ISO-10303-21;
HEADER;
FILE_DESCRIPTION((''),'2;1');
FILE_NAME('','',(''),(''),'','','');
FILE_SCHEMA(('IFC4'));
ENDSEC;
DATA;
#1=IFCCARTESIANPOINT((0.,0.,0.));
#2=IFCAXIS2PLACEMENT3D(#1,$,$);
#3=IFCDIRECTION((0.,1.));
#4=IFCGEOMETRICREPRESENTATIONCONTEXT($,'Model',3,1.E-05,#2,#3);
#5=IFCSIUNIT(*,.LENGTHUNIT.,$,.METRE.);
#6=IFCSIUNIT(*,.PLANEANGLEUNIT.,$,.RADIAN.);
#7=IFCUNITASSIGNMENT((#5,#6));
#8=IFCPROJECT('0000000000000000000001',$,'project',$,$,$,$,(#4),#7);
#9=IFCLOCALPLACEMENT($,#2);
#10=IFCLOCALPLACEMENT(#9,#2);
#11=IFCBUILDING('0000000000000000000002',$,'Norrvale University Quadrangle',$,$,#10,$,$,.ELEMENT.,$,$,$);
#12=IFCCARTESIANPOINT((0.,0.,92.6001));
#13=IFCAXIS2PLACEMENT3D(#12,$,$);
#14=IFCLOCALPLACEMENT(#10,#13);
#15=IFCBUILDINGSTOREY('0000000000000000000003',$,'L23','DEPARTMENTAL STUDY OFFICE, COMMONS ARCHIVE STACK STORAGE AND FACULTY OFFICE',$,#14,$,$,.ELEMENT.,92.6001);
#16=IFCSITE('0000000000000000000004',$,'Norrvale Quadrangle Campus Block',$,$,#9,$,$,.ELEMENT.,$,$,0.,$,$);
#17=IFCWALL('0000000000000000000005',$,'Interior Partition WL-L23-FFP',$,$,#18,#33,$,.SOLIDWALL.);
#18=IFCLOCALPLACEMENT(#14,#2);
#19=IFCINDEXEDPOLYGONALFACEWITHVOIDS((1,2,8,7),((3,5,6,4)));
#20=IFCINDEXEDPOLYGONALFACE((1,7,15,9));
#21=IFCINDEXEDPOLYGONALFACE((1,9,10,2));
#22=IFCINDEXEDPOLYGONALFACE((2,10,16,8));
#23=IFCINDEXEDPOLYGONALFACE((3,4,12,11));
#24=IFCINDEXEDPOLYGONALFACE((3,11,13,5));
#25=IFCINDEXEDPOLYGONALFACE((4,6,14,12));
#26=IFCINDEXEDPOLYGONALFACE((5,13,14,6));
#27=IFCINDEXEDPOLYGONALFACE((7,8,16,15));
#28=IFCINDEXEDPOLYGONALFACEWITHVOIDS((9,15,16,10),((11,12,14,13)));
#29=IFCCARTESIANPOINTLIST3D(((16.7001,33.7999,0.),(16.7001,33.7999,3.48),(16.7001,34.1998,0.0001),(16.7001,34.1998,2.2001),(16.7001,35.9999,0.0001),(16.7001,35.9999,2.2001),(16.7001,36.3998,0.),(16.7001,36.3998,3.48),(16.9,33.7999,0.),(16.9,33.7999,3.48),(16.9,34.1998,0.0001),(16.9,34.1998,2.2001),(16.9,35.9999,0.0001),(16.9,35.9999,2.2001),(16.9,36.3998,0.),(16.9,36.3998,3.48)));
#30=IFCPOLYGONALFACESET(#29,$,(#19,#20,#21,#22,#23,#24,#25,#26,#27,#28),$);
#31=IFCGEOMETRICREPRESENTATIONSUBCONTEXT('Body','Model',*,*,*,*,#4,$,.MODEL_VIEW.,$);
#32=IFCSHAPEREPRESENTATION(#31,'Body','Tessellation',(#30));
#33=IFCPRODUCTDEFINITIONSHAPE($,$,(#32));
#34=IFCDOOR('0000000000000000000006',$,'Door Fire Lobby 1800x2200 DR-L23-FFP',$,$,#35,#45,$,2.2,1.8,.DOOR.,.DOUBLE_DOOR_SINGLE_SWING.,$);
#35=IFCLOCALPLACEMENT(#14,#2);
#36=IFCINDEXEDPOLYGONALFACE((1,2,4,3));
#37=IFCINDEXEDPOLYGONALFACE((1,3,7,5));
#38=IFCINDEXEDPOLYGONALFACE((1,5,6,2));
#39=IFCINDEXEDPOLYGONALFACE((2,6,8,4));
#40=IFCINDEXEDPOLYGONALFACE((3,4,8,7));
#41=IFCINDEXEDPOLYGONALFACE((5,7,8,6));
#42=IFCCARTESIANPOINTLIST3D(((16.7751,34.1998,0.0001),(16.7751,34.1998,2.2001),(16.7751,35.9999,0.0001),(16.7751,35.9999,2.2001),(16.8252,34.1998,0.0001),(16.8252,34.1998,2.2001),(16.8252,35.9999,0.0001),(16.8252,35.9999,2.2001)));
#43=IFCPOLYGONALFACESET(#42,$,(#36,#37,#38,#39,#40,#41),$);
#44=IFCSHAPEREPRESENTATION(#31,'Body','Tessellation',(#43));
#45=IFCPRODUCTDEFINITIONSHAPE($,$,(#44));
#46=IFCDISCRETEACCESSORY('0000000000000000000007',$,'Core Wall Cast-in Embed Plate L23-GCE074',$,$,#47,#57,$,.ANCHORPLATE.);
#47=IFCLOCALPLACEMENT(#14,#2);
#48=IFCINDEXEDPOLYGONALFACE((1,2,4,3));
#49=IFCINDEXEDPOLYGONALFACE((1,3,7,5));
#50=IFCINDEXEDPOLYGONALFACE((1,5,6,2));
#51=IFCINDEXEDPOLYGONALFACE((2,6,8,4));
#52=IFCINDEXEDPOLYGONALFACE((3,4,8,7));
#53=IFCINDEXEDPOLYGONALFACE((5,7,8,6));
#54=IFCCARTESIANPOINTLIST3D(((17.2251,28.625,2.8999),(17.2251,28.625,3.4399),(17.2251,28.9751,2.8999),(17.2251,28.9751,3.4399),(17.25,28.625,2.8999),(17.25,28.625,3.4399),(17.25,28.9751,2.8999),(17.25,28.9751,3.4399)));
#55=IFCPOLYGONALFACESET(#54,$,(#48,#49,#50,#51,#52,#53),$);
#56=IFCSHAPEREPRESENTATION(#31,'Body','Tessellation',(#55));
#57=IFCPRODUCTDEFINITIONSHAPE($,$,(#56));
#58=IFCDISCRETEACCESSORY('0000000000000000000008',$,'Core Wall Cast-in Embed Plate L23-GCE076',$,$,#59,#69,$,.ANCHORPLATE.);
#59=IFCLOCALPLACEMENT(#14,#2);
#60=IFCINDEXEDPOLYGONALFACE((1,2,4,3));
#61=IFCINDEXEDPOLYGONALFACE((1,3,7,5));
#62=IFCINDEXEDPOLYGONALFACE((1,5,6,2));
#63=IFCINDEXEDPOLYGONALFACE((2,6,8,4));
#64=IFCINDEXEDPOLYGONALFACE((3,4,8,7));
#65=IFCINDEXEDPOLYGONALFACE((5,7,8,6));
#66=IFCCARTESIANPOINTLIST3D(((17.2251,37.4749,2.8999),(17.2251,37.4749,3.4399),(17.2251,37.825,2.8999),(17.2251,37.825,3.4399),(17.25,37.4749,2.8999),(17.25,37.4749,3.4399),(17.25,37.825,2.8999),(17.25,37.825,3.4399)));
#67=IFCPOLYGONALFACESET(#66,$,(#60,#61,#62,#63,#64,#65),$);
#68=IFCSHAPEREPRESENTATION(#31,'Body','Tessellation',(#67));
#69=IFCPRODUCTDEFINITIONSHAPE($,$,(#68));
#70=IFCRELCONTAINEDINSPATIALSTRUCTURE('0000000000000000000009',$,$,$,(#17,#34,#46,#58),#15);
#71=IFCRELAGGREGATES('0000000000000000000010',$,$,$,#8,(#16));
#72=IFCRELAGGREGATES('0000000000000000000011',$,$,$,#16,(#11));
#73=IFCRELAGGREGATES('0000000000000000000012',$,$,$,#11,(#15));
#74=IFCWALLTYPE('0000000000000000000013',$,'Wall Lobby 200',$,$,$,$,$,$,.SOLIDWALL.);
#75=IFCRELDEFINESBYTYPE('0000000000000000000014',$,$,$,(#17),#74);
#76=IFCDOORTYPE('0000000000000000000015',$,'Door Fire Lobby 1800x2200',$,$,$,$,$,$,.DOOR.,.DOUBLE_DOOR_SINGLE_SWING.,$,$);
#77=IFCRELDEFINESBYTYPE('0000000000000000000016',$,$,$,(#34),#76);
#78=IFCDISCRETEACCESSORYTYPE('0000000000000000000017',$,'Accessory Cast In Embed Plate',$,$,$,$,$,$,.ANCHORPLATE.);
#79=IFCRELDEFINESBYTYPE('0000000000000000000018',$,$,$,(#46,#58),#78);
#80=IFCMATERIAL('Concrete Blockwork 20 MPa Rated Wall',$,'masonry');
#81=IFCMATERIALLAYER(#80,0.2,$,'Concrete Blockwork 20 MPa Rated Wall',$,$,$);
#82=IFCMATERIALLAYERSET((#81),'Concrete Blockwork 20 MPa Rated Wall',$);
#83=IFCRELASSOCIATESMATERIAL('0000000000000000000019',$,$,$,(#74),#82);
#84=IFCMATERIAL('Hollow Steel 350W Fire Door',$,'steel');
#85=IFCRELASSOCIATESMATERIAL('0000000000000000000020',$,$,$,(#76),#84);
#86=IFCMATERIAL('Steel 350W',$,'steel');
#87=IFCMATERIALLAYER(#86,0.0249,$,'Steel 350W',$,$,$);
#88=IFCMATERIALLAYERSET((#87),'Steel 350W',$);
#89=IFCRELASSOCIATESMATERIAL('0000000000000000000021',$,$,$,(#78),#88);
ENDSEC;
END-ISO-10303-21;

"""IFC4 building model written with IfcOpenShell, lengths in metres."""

from ifc_helpers import new_model, si_unit, direction, frame, frame_2d, origin, origin_2d, place, context, subcontext, project, spatial, rectangle, extrude, material, layer, layer_set, type_object, element, fill, save


model = new_model("IFC4")

# Units and contexts
model_context = context("Model", 3, precision=1e-05, world=origin(), true_north=direction((0.0, 1.0)))
body_context = subcontext(model_context, "Body", "Model", "MODEL_VIEW")
ifc_project = project(units=[si_unit("LENGTHUNIT", "METRE"), si_unit("PLANEANGLEUNIT", "RADIAN")], contexts=[model_context])

# Site, building, storey
site_placement = place(None, origin())
site = spatial("IfcSite", under=ifc_project, at=site_placement, Name="Norrvale Quadrangle Campus Block", CompositionType="ELEMENT", RefElevation=0.0)
building_placement = place(site_placement, origin())
building = spatial("IfcBuilding", under=site, at=building_placement, Name="Norrvale University Quadrangle", CompositionType="ELEMENT")
storey_placement = place(building_placement, frame((0.0, 0.0, 92.6001)))
storey = spatial("IfcBuildingStorey", under=building, at=storey_placement, Name="L23", Description="DEPARTMENTAL STUDY OFFICE, COMMONS ARCHIVE STACK STORAGE AND FACULTY OFFICE", CompositionType="ELEMENT", Elevation=92.6001)

# Shared definitions
ifc_material_1 = material(Name="Steel 350W", Category="steel")

# Wall, opening, door
ifc_material_2 = material(Name="Concrete Blockwork 20 MPa Rated Wall", Category="masonry")
ifc_layer_1 = layer(ifc_material_2, 0.2, Name="Concrete Blockwork 20 MPa Rated Wall")
ifc_layer_set_1 = layer_set([ifc_layer_1], Name="Concrete Blockwork 20 MPa Rated Wall")
wall_type_1 = type_object("IfcWallType", Name="Wall Lobby 200", PredefinedType="SOLIDWALL", material=ifc_layer_set_1)
wall_1_placement = place(storey_placement, frame((16.8, 33.8, 0.0), z_axis=(0.0, 0.0, 1.0), x_axis=(0.0, 1.0, 0.0)))
wall_1 = element("IfcWall", 1, at=wall_1_placement, inside=storey, type_object=wall_type_1, Name="Interior Partition WL-L23-FFP", PredefinedType="SOLIDWALL", context=body_context, shape_type="SweptSolid", body=[
    extrude(rectangle(XDim=2.5999, YDim=0.2, at=frame_2d((1.2998, 0.0))), origin(), (0.0, 0.0, 1.0), 3.48),
])
opening_1_placement = place(wall_1_placement, frame((0.3999, 0.0, 0.0)))
opening_1 = element("IfcOpeningElement", 2, at=opening_1_placement, cuts=wall_1, PredefinedType="OPENING", context=body_context, shape_type="SweptSolid", body=[
    extrude(rectangle(XDim=1.8, YDim=2.2, at=frame_2d((0.8999, 1.1001))), frame((0.0, 0.1121, 0.0), z_axis=(0.0, -1.0, 0.0), x_axis=(1.0, 0.0, 0.0)), (0.0, 0.0, 1.0), 0.2239),
])
ifc_material_3 = material(Name="Hollow Steel 350W Fire Door", Category="steel")
door_type_1 = type_object("IfcDoorType", Name="Door Fire Lobby 1800x2200", OperationType="DOUBLE_DOOR_SINGLE_SWING", PredefinedType="DOOR", material=ifc_material_3)
door_1_placement = place(opening_1_placement, origin())
door_1 = element("IfcDoor", 3, at=door_1_placement, inside=storey, type_object=door_type_1, Name="Door Fire Lobby 1800x2200 DR-L23-FFP", OperationType="DOUBLE_DOOR_SINGLE_SWING", OverallHeight=2.2, OverallWidth=1.8, PredefinedType="DOOR", context=body_context, shape_type="SweptSolid", body=[
    extrude(rectangle(XDim=1.8, YDim=2.2, at=frame_2d((0.8999, 1.1001))), frame((0.0, 0.0249, 0.0), z_axis=(0.0, -1.0, 0.0), x_axis=(1.0, 0.0, 0.0)), (0.0, 0.0, 1.0), 0.05),
])
fill(opening_1, door_1)

# Discrete accessories
ifc_layer_2 = layer(ifc_material_1, 0.0249, Name="Steel 350W")
ifc_layer_set_2 = layer_set([ifc_layer_2], Name="Steel 350W")
discrete_accessory_type = type_object("IfcDiscreteAccessoryType", Name="Accessory Cast In Embed Plate", PredefinedType="ANCHORPLATE", material=ifc_layer_set_2)
for number, where, z_axis, x_axis, name in (
    (4, (17.2375, 28.8, 2.8999), (0.0, 0.0, 1.0), (1.0, 0.0, 0.0), "Core Wall Cast-in Embed Plate L23-GCE074"),
    (5, (17.2375, 37.6499, 2.8999), (0.0, 0.0, 1.0), (1.0, 0.0, 0.0), "Core Wall Cast-in Embed Plate L23-GCE076"),
):
    element("IfcDiscreteAccessory", number, at=place(storey_placement, frame(where, z_axis=z_axis, x_axis=x_axis)), inside=storey, type_object=discrete_accessory_type, Name=name, PredefinedType="ANCHORPLATE", context=body_context, shape_type="SweptSolid", body=[
        extrude(rectangle(XDim=0.0249, YDim=0.3501, at=origin_2d()), origin(), (0.0, 0.0, 1.0), 0.54),
    ])

save(model, "model.ifc")
